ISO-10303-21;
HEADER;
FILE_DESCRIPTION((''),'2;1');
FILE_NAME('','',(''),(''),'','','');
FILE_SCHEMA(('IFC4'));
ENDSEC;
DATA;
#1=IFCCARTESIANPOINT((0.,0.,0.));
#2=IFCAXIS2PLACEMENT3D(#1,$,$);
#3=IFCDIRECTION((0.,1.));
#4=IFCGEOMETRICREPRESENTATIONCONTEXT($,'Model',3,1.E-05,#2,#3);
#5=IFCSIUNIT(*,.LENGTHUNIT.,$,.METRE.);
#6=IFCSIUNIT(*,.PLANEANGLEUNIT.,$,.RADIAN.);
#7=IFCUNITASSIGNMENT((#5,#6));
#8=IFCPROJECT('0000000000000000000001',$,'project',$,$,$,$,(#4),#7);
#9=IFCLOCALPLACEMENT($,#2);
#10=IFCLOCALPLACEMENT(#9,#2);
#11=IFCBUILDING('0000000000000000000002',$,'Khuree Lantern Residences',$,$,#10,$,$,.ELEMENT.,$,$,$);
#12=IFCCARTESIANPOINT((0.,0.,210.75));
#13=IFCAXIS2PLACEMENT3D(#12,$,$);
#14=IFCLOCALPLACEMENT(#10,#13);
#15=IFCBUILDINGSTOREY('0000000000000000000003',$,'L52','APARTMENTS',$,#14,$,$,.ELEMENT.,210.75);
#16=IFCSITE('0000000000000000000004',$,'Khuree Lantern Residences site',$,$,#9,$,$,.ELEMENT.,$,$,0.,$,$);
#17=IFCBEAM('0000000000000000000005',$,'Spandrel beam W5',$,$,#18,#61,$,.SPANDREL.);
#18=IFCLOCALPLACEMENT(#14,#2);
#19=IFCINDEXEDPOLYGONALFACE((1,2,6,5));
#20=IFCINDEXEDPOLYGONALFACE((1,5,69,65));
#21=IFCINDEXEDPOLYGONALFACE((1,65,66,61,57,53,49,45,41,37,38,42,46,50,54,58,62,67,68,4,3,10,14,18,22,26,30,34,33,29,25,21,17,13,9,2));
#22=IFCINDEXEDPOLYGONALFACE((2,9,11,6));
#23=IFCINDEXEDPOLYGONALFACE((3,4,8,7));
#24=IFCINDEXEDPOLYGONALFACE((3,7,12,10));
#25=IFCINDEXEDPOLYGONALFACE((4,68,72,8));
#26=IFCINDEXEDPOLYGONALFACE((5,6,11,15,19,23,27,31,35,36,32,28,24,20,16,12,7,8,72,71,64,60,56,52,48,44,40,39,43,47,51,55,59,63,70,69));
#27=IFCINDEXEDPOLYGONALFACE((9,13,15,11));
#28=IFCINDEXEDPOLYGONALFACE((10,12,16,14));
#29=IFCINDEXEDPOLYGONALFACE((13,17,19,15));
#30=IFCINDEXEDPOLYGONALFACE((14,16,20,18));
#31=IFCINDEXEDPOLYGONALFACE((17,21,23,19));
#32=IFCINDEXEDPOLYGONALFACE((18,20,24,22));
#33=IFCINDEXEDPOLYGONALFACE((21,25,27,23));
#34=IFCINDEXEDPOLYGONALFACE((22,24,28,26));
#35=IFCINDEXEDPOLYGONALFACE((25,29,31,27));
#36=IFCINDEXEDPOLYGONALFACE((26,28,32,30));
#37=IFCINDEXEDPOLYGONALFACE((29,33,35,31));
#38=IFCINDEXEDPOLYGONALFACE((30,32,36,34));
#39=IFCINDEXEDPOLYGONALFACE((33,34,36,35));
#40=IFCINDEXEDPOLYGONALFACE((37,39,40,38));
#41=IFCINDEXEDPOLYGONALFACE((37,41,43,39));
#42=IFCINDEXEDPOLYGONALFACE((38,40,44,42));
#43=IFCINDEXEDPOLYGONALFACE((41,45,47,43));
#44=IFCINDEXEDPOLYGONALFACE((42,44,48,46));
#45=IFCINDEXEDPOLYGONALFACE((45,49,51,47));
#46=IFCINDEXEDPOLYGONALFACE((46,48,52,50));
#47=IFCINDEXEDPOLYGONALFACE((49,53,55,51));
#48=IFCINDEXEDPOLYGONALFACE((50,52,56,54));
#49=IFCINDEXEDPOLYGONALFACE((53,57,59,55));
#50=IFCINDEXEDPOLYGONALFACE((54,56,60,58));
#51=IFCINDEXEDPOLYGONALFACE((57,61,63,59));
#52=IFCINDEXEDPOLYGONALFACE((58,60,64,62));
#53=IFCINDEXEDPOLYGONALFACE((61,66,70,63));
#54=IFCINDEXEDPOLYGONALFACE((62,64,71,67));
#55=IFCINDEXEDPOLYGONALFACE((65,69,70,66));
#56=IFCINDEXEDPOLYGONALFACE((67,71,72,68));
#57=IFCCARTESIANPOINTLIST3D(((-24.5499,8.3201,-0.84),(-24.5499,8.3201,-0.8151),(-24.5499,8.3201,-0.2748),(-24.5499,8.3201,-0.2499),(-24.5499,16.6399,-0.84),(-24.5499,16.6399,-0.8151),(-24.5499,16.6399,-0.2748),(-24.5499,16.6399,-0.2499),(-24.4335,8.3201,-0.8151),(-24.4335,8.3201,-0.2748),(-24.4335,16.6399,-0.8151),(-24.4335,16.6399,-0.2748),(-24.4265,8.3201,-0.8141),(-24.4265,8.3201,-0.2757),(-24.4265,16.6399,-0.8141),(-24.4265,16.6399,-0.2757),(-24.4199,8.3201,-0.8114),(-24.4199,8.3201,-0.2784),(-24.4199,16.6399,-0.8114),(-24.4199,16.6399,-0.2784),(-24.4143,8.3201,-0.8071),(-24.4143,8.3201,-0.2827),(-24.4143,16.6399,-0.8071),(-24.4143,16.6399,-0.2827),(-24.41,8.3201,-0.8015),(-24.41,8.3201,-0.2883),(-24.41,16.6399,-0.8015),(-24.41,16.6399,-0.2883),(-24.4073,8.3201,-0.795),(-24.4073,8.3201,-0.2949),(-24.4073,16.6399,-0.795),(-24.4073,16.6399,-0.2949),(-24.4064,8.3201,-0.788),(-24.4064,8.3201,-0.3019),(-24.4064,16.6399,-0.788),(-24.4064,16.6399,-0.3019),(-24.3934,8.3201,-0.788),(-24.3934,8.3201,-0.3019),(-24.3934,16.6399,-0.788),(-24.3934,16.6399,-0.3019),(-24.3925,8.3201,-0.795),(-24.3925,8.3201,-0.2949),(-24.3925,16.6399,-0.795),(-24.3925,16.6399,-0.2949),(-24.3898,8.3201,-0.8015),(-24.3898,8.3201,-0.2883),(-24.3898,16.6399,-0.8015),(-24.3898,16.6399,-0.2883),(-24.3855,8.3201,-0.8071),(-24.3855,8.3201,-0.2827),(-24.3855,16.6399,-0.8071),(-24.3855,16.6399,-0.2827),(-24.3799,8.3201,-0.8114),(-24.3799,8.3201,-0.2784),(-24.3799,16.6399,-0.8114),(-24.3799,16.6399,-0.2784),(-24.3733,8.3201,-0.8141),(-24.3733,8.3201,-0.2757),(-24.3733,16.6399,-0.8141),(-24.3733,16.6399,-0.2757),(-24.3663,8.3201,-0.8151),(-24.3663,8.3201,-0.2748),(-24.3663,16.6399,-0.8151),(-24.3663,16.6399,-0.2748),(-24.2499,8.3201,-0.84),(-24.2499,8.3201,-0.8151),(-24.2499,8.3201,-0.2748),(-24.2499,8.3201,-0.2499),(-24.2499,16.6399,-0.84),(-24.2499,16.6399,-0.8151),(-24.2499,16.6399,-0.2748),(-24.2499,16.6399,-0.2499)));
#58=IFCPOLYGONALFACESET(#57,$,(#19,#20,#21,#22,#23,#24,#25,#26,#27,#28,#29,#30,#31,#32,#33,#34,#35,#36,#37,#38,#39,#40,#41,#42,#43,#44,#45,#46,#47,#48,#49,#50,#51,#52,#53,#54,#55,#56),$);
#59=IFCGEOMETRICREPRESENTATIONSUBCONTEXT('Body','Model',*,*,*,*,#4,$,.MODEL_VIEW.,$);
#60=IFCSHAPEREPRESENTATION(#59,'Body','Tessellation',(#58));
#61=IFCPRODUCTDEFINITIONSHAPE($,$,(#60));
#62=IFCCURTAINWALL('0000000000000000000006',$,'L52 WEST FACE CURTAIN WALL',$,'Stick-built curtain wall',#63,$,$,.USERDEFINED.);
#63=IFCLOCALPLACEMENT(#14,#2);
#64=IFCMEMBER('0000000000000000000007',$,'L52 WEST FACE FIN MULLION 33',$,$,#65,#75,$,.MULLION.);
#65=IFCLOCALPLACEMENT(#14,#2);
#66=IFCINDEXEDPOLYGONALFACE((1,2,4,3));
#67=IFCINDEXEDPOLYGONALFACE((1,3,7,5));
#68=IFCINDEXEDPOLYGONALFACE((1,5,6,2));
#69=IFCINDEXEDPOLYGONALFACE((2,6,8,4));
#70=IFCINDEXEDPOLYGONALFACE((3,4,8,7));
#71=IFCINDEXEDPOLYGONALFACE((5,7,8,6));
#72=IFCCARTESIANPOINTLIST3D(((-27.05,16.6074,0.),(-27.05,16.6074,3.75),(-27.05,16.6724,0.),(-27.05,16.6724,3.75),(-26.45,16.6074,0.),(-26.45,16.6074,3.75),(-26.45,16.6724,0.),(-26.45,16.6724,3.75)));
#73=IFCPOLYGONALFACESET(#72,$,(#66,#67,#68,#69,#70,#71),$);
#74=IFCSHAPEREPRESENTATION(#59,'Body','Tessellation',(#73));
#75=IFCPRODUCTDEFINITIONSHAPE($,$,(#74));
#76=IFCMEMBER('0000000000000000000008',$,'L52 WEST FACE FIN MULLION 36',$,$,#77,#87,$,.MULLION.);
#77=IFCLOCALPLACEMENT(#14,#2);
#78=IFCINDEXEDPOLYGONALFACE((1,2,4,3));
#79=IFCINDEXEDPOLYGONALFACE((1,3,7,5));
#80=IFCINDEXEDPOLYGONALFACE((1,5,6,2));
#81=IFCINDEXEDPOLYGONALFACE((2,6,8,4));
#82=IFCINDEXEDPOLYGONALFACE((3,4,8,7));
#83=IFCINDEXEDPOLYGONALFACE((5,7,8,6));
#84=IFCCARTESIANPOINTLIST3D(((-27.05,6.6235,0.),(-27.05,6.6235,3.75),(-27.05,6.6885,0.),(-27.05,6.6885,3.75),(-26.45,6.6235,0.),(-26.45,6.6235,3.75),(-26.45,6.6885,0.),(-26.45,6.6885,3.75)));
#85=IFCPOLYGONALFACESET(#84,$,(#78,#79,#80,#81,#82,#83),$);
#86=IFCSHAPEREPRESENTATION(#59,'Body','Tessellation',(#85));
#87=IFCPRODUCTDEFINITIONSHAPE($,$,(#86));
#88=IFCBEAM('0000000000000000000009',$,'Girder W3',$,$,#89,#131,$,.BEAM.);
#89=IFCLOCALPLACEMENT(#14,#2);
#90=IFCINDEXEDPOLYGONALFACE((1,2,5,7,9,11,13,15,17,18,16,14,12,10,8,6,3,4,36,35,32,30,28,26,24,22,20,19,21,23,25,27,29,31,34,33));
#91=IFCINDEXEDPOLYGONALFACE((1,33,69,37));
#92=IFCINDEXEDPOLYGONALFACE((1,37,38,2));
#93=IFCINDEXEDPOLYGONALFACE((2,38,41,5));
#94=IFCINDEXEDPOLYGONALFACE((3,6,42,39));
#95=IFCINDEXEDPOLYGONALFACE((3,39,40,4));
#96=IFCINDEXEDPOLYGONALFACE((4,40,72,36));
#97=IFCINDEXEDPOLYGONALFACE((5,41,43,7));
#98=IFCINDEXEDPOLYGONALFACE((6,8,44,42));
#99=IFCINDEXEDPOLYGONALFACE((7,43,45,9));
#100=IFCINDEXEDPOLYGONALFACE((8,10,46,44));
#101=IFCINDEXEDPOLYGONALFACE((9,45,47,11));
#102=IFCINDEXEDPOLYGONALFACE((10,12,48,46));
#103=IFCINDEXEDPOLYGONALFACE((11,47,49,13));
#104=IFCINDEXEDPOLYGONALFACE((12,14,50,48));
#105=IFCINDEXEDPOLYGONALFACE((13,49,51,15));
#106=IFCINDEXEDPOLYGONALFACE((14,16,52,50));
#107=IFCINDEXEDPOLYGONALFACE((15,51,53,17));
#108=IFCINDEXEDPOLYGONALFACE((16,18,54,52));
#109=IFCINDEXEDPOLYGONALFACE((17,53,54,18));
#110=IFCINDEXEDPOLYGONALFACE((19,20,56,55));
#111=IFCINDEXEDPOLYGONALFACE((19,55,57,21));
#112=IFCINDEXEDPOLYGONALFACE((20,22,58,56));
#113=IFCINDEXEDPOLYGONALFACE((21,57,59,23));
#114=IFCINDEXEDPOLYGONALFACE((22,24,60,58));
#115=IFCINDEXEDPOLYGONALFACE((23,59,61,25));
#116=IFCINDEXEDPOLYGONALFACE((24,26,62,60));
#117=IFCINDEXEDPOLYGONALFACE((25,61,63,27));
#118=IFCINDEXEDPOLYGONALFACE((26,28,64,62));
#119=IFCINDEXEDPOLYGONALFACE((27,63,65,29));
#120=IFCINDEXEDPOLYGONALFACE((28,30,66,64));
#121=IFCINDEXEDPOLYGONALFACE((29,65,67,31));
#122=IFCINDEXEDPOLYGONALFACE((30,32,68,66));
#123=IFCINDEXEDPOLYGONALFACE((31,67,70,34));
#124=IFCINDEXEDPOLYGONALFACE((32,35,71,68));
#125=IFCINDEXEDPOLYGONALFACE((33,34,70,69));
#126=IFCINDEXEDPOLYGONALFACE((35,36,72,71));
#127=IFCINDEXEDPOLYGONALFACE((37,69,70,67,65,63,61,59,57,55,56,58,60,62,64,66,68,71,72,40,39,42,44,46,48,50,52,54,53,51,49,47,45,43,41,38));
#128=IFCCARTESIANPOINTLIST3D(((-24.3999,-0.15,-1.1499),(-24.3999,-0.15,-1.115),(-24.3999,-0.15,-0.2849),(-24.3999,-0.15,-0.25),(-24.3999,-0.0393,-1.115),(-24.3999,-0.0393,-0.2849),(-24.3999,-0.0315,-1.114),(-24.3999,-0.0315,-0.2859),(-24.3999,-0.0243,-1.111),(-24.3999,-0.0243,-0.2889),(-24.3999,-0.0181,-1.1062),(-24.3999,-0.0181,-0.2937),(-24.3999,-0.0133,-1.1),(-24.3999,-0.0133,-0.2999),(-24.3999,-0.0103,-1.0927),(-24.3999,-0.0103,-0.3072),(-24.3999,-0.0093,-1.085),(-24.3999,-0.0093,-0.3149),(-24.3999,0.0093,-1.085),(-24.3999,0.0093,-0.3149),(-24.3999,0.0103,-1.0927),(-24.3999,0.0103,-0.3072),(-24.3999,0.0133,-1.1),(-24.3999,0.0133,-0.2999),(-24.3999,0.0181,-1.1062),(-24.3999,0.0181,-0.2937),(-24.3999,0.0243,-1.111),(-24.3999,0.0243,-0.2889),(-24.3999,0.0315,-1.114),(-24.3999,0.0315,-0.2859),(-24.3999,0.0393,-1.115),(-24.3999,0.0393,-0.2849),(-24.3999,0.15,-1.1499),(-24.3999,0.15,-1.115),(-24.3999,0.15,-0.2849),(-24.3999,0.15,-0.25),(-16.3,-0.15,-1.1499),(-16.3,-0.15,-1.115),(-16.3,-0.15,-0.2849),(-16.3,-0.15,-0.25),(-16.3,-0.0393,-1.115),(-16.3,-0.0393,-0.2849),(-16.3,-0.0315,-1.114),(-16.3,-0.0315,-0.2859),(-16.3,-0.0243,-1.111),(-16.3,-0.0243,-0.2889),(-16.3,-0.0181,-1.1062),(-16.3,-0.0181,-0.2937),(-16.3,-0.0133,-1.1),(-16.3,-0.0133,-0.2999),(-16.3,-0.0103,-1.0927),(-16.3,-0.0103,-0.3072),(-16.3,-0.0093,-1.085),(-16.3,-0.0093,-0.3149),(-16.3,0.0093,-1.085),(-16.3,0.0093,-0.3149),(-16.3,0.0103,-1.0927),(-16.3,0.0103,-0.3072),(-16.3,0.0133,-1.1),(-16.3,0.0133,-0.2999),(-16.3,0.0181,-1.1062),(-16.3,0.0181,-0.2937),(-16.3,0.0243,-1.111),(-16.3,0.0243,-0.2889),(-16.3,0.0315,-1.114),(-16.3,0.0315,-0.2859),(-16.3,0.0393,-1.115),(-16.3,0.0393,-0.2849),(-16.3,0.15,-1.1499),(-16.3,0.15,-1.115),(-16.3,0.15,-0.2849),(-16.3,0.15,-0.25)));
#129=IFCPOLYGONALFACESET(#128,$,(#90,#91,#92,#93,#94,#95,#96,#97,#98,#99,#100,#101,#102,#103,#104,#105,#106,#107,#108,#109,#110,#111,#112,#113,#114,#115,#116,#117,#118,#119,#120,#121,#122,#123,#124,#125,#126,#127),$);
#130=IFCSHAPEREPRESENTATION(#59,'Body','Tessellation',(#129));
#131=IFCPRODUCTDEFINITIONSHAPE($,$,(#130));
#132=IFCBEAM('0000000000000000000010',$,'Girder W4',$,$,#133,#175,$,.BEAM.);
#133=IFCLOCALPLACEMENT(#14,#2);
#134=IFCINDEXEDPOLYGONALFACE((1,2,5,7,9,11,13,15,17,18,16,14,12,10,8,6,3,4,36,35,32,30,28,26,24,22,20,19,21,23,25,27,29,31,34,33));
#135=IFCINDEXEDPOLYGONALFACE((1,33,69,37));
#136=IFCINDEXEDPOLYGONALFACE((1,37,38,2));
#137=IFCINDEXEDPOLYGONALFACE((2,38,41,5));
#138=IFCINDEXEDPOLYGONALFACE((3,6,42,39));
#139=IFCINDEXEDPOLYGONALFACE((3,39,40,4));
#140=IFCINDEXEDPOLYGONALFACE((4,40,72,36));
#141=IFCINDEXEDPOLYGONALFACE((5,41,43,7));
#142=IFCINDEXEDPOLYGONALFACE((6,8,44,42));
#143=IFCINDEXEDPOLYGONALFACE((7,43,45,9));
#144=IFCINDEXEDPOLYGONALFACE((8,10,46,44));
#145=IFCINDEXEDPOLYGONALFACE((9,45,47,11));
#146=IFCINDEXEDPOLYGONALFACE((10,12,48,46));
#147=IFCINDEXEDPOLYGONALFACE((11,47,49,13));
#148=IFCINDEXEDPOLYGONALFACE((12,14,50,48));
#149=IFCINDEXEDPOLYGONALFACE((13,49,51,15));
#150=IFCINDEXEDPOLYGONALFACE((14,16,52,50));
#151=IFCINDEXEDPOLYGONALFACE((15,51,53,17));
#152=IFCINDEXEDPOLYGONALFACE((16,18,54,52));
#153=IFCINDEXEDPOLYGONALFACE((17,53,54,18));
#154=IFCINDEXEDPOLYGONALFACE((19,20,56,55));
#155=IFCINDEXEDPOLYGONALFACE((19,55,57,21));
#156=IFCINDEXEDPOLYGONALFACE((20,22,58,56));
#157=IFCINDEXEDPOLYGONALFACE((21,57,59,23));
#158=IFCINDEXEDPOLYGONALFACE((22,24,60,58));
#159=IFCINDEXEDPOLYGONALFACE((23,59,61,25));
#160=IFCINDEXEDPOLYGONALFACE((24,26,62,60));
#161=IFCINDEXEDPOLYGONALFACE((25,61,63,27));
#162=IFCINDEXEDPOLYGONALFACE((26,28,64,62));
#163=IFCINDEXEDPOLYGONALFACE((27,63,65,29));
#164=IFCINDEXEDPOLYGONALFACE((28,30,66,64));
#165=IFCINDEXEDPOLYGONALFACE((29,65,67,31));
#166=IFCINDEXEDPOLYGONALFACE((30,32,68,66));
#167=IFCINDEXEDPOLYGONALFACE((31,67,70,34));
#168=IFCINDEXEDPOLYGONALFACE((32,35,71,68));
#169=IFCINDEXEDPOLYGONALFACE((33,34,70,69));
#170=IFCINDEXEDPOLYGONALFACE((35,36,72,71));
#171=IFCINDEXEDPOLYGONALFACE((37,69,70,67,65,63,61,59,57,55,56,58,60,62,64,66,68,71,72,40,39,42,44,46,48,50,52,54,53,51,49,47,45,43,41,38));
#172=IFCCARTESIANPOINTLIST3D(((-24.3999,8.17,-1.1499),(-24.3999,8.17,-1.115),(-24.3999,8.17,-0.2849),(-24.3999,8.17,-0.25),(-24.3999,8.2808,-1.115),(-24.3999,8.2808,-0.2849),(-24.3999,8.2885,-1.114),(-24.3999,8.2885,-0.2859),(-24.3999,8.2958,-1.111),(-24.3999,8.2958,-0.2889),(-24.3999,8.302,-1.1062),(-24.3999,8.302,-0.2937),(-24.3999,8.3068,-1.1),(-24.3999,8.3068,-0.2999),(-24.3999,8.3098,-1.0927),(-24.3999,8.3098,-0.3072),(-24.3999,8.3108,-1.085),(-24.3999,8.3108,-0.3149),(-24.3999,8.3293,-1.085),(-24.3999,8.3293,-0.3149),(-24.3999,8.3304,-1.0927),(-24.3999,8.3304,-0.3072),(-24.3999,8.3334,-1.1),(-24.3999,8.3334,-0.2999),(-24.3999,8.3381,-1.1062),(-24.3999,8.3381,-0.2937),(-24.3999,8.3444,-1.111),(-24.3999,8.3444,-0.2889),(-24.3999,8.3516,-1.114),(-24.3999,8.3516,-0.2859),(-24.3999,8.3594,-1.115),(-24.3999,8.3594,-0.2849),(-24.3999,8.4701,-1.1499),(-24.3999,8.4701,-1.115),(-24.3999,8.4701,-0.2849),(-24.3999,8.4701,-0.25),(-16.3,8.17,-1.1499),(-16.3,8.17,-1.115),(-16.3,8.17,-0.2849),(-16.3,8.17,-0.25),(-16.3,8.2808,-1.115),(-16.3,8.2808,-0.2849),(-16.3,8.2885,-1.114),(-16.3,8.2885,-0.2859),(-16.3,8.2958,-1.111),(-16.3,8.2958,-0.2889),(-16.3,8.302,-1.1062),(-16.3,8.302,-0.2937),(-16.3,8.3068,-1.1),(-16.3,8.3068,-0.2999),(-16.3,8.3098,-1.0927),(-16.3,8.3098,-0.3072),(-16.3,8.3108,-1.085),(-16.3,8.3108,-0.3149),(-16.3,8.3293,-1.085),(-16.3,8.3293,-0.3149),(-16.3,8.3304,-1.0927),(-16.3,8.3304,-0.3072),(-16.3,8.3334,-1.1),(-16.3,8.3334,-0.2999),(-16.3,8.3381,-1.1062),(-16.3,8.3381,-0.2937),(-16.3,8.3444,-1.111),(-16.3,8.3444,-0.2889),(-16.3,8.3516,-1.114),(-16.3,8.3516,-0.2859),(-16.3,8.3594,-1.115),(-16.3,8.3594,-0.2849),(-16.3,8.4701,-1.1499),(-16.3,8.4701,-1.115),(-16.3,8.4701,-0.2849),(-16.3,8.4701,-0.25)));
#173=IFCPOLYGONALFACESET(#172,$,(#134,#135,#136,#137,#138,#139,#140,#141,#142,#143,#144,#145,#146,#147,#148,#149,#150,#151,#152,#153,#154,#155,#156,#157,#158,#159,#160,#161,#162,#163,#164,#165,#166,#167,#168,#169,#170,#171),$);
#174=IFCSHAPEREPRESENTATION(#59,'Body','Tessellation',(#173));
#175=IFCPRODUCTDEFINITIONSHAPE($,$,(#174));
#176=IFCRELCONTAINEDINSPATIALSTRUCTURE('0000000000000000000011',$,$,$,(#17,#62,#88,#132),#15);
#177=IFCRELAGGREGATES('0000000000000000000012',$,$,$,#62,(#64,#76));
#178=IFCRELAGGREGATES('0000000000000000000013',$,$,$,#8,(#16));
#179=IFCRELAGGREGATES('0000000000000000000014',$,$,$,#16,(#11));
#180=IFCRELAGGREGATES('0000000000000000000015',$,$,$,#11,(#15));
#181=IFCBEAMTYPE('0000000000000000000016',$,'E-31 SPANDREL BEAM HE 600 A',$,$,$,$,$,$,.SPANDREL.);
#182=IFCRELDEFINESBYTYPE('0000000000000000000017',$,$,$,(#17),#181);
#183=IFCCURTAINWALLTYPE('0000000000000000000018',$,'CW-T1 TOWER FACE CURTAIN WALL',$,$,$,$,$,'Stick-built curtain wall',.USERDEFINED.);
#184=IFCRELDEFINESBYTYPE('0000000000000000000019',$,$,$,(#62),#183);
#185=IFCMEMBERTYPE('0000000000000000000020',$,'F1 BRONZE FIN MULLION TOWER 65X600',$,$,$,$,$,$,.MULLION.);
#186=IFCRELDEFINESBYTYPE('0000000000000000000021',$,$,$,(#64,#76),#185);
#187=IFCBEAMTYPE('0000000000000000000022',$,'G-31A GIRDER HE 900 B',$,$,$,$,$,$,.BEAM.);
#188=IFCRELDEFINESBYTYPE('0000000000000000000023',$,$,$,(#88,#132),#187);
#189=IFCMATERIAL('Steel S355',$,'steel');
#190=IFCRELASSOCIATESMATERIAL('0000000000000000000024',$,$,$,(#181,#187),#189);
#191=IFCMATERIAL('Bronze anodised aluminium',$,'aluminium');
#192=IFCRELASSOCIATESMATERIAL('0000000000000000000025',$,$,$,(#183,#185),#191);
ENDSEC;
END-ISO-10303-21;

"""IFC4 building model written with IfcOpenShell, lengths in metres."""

from ifc_helpers import new_model, si_unit, direction, frame, origin, origin_2d, place, context, subcontext, project, spatial, rectangle, i_section, extrude, material, material_profile, profile_set, type_object, element, aggregate, save


model = new_model("IFC4")

# Units and contexts
model_context = context("Model", 3, precision=1e-05, world=origin(), true_north=direction((0.0, 1.0)))
body_context = subcontext(model_context, "Body", "Model", "MODEL_VIEW")
ifc_project = project(units=[si_unit("LENGTHUNIT", "METRE"), si_unit("PLANEANGLEUNIT", "RADIAN")], contexts=[model_context])

# Site, building, storey
site_placement = place(None, origin())
site = spatial("IfcSite", under=ifc_project, at=site_placement, Name="Khuree Lantern Residences site", CompositionType="ELEMENT", RefElevation=0.0)
building_placement = place(site_placement, origin())
building = spatial("IfcBuilding", under=site, at=building_placement, Name="Khuree Lantern Residences", CompositionType="ELEMENT")
storey_placement = place(building_placement, frame((0.0, 0.0, 210.75)))
storey = spatial("IfcBuildingStorey", under=building, at=storey_placement, Name="L52", Description="APARTMENTS", CompositionType="ELEMENT", Elevation=210.75)

# Beam
ifc_material_1 = material(Name="Steel S355", Category="steel")
ifc_material_profile_1 = material_profile(ifc_material_1, i_section(OverallWidth=0.3, OverallDepth=0.5901, WebThickness=0.0129, FlangeThickness=0.0249, FilletRadius=0.0271, at=origin_2d()), Name="HE 600 A")
ifc_profile_set_1 = profile_set([ifc_material_profile_1], Name="Steel S355")
beam_type_1 = type_object("IfcBeamType", Name="E-31 SPANDREL BEAM HE 600 A", PredefinedType="SPANDREL", material=ifc_profile_set_1)
beam_1_placement = place(storey_placement, frame((-24.3999, 8.3201, -0.5449), z_axis=(0.0, 1.0, 0.0), x_axis=(-1.0, 0.0, 0.0)))
element("IfcBeam", 1, at=beam_1_placement, inside=storey, type_object=beam_type_1, Name="Spandrel beam W5", PredefinedType="SPANDREL", context=body_context, shape_type="SweptSolid", body=[
    extrude(i_section(OverallWidth=0.3, OverallDepth=0.5901, WebThickness=0.0129, FlangeThickness=0.0249, FilletRadius=0.0271, at=origin_2d()), origin(), (0.0, 0.0, 1.0), 8.3198),
])

# Curtain wall, members
ifc_material_2 = material(Name="Bronze anodised aluminium", Category="aluminium")
curtain_wall_type = type_object("IfcCurtainWallType", Name="CW-T1 TOWER FACE CURTAIN WALL", ElementType="Stick-built curtain wall", PredefinedType="USERDEFINED", material=ifc_material_2)
curtain_wall_placement = place(storey_placement, origin())
curtain_wall = element("IfcCurtainWall", 2, at=curtain_wall_placement, inside=storey, type_object=curtain_wall_type, Name="L52 WEST FACE CURTAIN WALL", ObjectType="Stick-built curtain wall", PredefinedType="USERDEFINED")
ifc_material_profile_2 = material_profile(ifc_material_2, rectangle(XDim=0.0649, YDim=0.6001, at=origin_2d()), Name="F1 65X600")
ifc_profile_set_2 = profile_set([ifc_material_profile_2], Name="Bronze anodised aluminium")
member_type_1 = type_object("IfcMemberType", Name="F1 BRONZE FIN MULLION TOWER 65X600", PredefinedType="MULLION", material=ifc_profile_set_2)
member_1_placement = place(storey_placement, frame((-26.75, 16.6399, 0.0), z_axis=(0.0, 0.0, 1.0), x_axis=(0.0, -1.0, 0.0)))
member_1 = element("IfcMember", 3, at=member_1_placement, type_object=member_type_1, Name="L52 WEST FACE FIN MULLION 33", PredefinedType="MULLION", context=body_context, shape_type="SweptSolid", body=[
    extrude(rectangle(XDim=0.0649, YDim=0.6001, at=origin_2d()), origin(), (0.0, 0.0, 1.0), 3.75),
])
member_2_placement = place(storey_placement, frame((-26.75, 6.656, 0.0), z_axis=(0.0, 0.0, 1.0), x_axis=(0.0, -1.0, 0.0)))
member_2 = element("IfcMember", 4, at=member_2_placement, type_object=member_type_1, Name="L52 WEST FACE FIN MULLION 36", PredefinedType="MULLION", context=body_context, shape_type="SweptSolid", body=[
    extrude(rectangle(XDim=0.0649, YDim=0.6001, at=origin_2d()), origin(), (0.0, 0.0, 1.0), 3.75),
])

# Beams
ifc_material_profile_3 = material_profile(ifc_material_1, i_section(OverallWidth=0.3, OverallDepth=0.8999, WebThickness=0.0186, FlangeThickness=0.0349, FilletRadius=0.03, at=origin_2d()), Name="HE 900 B")
ifc_profile_set_3 = profile_set([ifc_material_profile_3], Name="Steel S355")
beam_type_2 = type_object("IfcBeamType", Name="G-31A GIRDER HE 900 B", PredefinedType="BEAM", material=ifc_profile_set_3)
for number, where, z_axis, x_axis, name in (
    (5, (-24.3999, 0.0, -0.7), (1.0, 0.0, 0.0), (0.0, 1.0, 0.0), "Girder W3"),
    (6, (-24.3999, 8.3201, -0.7), (1.0, 0.0, 0.0), (0.0, 1.0, 0.0), "Girder W4"),
):
    element("IfcBeam", number, at=place(storey_placement, frame(where, z_axis=z_axis, x_axis=x_axis)), inside=storey, type_object=beam_type_2, Name=name, PredefinedType="BEAM", context=body_context, shape_type="SweptSolid", body=[
        extrude(i_section(OverallWidth=0.3, OverallDepth=0.8999, WebThickness=0.0186, FlangeThickness=0.0349, FilletRadius=0.03, at=origin_2d()), origin(), (0.0, 0.0, 1.0), 8.0999),
    ])

aggregate(curtain_wall, [member_1, member_2])

save(model, "model.ifc")
